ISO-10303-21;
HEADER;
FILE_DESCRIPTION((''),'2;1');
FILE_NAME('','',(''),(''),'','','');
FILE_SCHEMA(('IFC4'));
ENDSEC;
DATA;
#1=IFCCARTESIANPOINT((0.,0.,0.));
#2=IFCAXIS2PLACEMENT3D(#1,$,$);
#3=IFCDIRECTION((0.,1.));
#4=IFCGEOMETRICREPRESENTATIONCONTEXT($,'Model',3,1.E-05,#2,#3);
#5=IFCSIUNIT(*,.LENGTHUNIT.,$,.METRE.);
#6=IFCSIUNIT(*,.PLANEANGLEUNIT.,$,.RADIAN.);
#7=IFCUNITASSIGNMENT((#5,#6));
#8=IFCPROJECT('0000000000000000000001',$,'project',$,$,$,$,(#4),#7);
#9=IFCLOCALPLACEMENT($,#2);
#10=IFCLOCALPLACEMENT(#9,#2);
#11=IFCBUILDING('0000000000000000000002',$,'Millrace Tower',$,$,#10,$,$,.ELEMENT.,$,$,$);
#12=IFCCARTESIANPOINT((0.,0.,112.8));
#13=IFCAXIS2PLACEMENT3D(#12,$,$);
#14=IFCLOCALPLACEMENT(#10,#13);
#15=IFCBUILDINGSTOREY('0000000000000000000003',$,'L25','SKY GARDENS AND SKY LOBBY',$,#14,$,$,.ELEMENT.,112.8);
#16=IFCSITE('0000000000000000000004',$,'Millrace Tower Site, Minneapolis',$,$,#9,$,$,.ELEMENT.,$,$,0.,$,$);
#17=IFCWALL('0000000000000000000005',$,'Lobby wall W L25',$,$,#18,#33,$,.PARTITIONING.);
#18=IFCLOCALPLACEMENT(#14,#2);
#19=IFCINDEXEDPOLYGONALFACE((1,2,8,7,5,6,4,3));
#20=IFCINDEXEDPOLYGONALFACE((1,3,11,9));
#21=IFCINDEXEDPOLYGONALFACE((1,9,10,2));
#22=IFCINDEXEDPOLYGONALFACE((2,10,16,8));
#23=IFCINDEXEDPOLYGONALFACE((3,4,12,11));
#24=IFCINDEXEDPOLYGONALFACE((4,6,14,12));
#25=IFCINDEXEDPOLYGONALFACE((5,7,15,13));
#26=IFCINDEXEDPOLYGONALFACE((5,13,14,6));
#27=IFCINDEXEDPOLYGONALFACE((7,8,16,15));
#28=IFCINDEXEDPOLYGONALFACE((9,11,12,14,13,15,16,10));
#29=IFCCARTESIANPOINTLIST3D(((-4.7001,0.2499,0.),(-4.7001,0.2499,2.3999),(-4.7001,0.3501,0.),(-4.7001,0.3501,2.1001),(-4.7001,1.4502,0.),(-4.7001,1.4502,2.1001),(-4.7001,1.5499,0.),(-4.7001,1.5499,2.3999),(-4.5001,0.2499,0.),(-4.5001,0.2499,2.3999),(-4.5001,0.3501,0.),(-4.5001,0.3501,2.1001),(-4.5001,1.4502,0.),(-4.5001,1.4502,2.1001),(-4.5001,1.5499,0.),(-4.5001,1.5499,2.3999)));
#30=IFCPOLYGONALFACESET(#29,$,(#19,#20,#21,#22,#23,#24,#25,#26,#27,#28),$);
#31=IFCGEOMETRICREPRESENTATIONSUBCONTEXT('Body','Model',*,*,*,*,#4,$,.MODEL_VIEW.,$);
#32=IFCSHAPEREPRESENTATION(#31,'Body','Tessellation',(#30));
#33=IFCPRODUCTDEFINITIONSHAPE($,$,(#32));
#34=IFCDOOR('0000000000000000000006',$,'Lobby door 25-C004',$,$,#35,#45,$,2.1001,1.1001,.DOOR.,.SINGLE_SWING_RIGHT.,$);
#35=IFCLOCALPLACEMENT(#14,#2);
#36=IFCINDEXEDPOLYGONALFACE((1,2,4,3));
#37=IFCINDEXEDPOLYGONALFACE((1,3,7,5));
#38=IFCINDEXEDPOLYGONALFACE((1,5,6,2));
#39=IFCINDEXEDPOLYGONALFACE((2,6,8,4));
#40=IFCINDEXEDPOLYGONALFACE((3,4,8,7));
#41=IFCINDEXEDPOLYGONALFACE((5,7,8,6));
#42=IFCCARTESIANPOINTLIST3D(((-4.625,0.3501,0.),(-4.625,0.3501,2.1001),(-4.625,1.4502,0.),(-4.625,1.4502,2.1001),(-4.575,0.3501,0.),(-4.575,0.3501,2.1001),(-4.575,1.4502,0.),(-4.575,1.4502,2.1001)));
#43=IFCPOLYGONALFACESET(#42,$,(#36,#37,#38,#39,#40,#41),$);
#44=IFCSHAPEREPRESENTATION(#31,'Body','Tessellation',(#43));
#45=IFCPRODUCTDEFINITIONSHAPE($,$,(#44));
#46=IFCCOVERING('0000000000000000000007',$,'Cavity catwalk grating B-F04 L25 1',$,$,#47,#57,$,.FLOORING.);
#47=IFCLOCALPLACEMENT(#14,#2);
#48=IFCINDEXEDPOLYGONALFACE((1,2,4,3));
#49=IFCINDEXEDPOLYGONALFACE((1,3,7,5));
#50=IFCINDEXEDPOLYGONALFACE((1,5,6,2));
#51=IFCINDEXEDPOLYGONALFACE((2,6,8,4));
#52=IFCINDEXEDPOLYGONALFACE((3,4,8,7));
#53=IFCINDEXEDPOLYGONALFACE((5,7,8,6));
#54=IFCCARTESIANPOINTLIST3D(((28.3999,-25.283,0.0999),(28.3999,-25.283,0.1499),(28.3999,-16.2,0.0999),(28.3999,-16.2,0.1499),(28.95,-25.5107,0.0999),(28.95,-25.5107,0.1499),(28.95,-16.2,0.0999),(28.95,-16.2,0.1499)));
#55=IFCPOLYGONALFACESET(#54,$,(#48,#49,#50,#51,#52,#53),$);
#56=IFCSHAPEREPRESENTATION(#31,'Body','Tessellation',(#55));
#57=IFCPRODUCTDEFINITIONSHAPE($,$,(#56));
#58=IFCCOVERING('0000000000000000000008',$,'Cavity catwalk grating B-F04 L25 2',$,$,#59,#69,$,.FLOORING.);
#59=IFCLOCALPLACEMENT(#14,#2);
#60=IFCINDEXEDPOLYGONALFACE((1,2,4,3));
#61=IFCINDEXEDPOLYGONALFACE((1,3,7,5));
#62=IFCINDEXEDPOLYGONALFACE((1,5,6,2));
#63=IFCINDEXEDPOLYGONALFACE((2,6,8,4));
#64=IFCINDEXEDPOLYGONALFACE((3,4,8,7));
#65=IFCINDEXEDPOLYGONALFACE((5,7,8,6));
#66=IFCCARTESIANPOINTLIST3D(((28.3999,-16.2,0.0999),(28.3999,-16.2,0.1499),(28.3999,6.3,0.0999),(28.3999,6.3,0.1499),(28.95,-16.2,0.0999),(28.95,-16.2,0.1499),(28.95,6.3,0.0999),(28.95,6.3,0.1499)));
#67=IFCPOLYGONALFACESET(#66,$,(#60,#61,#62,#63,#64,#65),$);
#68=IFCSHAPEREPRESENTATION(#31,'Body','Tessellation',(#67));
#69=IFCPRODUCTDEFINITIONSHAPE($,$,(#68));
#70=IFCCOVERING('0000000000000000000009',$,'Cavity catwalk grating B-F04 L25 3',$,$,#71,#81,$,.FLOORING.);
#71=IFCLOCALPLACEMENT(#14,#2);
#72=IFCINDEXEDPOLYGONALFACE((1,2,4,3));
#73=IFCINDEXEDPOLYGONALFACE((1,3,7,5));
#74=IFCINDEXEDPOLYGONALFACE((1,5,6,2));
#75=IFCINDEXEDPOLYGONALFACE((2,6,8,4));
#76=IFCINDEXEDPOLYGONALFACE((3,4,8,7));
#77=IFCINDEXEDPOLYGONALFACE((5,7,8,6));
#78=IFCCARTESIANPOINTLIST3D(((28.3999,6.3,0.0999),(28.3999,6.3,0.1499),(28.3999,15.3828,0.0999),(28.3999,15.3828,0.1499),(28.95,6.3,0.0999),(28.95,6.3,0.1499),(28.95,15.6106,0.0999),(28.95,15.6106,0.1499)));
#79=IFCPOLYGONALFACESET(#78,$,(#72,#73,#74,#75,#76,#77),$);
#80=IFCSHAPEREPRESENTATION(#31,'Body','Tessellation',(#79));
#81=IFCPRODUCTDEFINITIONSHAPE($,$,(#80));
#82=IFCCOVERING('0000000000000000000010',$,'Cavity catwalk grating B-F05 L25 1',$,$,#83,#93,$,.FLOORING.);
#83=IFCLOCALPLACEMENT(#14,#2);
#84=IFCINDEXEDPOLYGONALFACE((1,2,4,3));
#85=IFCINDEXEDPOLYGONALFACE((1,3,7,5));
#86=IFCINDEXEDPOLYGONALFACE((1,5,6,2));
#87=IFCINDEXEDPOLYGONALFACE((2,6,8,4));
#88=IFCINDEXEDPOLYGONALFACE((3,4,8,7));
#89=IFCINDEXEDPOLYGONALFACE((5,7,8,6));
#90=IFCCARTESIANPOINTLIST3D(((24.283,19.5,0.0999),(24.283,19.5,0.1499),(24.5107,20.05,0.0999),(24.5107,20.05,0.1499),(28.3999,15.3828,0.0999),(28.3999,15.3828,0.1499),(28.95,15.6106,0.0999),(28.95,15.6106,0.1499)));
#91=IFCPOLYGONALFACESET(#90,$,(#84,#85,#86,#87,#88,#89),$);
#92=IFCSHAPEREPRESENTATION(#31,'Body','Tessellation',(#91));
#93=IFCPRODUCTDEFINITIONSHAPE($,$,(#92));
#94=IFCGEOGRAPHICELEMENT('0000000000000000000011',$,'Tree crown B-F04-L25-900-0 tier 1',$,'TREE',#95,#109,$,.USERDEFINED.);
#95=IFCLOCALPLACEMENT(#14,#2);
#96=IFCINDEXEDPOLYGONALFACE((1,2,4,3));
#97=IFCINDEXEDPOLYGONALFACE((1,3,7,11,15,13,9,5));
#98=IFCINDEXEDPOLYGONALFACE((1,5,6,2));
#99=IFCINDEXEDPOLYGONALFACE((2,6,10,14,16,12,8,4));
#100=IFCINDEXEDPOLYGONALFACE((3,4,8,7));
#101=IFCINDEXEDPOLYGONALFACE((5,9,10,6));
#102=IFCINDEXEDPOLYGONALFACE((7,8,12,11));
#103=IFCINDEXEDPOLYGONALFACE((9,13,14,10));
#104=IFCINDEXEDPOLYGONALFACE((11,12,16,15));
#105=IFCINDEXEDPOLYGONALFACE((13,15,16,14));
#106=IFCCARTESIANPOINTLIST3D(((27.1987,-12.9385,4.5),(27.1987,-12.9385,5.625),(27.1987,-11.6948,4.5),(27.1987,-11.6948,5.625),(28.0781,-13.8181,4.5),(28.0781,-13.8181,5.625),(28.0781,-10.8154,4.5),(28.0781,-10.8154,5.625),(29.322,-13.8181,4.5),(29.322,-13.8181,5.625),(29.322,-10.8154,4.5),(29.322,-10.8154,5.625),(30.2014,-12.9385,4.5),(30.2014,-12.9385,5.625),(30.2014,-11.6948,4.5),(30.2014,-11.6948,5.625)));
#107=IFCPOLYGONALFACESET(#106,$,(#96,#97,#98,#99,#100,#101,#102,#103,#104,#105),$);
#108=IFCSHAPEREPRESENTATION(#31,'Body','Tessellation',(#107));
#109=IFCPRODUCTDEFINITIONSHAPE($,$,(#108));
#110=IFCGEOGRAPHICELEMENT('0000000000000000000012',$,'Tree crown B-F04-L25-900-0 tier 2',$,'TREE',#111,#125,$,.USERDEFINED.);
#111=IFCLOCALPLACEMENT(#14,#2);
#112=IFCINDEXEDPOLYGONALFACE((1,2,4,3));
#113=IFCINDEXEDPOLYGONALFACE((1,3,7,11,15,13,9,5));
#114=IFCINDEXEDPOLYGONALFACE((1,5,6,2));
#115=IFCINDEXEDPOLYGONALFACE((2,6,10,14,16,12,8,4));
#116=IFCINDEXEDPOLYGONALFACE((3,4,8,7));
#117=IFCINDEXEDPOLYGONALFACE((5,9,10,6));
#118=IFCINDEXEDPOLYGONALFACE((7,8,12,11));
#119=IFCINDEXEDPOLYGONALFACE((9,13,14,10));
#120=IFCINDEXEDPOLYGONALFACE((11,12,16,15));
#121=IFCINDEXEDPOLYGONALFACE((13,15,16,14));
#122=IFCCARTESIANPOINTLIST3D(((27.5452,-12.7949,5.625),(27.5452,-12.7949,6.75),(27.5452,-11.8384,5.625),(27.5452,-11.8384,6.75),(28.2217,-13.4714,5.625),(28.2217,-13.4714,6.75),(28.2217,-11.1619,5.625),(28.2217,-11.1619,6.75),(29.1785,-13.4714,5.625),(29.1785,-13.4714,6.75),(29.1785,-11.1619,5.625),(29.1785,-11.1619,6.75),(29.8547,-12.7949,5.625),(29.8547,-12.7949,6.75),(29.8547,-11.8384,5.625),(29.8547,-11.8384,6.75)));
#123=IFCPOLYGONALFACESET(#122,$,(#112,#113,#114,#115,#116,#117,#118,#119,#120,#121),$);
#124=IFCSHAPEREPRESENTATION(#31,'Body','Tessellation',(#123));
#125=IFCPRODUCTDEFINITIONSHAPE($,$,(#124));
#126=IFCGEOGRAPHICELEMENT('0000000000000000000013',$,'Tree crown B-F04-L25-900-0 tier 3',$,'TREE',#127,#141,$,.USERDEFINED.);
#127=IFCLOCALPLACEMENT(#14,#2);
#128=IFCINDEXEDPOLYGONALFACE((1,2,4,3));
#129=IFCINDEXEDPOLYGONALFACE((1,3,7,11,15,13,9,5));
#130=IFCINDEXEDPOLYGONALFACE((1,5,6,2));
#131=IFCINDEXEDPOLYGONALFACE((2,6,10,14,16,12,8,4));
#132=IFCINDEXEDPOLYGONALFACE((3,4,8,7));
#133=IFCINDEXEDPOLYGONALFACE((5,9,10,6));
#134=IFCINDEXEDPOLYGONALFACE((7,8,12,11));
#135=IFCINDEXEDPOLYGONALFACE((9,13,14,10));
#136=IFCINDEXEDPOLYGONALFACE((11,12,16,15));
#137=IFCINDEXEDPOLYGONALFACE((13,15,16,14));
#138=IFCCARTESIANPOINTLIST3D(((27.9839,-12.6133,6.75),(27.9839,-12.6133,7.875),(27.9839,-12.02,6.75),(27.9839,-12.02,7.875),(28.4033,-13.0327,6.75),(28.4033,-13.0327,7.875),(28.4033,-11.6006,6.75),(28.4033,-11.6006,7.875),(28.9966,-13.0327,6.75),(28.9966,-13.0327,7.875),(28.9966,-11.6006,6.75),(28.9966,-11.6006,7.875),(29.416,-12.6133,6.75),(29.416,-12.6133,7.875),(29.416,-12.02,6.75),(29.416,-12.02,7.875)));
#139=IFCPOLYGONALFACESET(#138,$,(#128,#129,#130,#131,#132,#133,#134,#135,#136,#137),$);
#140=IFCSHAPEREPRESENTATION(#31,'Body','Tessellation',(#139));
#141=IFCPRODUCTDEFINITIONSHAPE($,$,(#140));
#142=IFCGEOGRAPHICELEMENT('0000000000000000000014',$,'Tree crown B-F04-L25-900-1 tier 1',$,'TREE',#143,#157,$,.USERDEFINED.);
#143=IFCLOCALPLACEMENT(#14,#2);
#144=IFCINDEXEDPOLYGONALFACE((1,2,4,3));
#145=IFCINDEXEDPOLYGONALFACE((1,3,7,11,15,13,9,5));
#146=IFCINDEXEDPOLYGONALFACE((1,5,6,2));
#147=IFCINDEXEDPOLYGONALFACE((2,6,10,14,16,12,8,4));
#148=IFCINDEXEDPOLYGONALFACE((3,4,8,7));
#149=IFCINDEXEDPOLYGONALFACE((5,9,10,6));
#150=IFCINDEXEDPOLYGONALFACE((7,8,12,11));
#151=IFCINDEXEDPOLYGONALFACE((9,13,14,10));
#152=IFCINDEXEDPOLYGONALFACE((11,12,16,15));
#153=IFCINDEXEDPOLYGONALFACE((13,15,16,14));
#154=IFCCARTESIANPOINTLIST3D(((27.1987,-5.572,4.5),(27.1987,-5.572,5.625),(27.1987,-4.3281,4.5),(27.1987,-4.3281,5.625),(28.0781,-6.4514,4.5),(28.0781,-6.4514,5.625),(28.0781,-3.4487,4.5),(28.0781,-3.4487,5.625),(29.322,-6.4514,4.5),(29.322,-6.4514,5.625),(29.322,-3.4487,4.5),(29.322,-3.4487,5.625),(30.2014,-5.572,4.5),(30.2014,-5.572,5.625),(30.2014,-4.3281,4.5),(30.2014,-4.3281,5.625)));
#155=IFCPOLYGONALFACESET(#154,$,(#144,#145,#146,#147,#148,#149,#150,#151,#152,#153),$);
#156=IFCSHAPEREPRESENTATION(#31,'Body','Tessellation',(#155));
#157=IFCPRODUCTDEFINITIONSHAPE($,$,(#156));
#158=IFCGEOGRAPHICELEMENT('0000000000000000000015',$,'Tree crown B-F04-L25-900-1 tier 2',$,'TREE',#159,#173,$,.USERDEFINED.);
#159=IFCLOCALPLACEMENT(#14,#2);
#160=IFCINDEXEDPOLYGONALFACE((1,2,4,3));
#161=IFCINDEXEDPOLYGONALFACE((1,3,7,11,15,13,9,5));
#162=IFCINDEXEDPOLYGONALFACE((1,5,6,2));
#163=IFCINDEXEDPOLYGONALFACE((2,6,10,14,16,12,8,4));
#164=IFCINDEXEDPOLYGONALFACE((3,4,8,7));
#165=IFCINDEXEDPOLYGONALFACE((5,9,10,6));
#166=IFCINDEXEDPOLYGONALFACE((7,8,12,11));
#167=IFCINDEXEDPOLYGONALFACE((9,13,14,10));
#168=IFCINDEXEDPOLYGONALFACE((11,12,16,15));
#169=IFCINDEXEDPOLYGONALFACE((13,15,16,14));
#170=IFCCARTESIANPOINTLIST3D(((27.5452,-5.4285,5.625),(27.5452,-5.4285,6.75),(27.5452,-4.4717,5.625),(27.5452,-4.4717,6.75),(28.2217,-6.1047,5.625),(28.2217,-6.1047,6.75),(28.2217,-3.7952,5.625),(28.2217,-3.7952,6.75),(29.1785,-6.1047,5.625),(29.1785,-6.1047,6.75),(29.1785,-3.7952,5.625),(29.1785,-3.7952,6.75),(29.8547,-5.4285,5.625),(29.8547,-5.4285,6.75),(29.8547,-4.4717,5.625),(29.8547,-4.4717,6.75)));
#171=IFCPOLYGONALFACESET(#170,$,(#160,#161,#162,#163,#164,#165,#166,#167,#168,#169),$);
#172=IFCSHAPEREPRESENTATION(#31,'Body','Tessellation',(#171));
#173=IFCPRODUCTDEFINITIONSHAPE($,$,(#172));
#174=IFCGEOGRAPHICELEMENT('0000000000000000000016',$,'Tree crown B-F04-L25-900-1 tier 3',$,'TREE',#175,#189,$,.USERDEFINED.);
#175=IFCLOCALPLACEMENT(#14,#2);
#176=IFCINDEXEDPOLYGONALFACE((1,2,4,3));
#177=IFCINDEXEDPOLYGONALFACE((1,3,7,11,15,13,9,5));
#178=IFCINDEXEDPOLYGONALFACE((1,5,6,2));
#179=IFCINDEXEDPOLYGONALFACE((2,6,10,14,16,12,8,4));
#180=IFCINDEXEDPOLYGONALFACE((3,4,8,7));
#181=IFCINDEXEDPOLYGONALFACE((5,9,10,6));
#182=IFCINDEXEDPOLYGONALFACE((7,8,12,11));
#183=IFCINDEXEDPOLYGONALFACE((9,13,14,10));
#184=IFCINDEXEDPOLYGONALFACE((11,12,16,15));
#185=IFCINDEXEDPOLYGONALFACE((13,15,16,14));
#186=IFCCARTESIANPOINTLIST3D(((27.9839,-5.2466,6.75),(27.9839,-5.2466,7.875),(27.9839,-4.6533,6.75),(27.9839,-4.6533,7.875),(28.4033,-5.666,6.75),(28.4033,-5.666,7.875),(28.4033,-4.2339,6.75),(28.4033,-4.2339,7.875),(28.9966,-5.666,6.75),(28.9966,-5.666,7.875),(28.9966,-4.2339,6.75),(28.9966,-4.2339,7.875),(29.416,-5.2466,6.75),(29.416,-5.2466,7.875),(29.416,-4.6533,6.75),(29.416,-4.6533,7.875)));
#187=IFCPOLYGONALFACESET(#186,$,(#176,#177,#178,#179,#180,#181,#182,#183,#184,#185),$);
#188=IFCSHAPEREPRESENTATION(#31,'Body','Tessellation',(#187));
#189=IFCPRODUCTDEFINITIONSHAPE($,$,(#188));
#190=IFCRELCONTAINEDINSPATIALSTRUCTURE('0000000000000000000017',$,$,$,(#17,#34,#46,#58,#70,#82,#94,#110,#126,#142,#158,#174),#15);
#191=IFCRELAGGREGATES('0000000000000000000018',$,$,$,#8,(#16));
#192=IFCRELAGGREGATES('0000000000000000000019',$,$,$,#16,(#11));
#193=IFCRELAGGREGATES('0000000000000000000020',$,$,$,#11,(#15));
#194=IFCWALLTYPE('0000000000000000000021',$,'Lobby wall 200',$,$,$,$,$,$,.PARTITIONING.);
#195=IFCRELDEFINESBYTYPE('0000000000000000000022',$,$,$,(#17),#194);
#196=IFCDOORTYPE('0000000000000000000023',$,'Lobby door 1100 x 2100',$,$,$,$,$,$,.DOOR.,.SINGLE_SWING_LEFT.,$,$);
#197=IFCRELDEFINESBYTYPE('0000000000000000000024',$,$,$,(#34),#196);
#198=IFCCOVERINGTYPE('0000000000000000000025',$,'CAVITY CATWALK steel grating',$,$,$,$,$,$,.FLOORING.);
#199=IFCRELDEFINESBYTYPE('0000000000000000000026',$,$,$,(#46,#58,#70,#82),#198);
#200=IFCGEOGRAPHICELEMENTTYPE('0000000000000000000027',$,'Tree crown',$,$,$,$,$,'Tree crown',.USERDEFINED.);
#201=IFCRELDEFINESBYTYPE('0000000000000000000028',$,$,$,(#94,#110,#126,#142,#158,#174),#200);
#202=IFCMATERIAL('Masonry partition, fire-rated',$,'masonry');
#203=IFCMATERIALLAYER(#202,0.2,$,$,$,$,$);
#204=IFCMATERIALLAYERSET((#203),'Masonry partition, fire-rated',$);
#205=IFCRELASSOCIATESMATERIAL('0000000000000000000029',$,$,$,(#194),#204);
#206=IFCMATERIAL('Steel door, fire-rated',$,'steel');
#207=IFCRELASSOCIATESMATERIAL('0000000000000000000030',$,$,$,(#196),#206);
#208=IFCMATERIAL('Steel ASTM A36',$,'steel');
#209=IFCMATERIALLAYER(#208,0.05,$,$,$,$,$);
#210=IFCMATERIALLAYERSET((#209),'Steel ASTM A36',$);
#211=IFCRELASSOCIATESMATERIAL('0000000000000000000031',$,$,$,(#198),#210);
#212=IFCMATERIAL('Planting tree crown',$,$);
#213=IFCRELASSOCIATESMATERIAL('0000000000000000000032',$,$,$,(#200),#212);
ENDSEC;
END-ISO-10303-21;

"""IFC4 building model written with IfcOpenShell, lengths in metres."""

from ifc_helpers import new_model, si_unit, direction, frame, frame_2d, origin, place, context, subcontext, project, spatial, polyline, rectangle, outline, extrude, material, layer, layer_set, type_object, element, fill, save


model = new_model("IFC4")

# Units and contexts
model_context = context("Model", 3, precision=1e-05, world=origin(), true_north=direction((0.0, 1.0)))
body_context = subcontext(model_context, "Body", "Model", "MODEL_VIEW")
ifc_project = project(units=[si_unit("LENGTHUNIT", "METRE"), si_unit("PLANEANGLEUNIT", "RADIAN")], contexts=[model_context])

# Site, building, storey
site_placement = place(None, origin())
site = spatial("IfcSite", under=ifc_project, at=site_placement, Name="Millrace Tower Site, Minneapolis", CompositionType="ELEMENT", RefElevation=0.0)
building_placement = place(site_placement, origin())
building = spatial("IfcBuilding", under=site, at=building_placement, Name="Millrace Tower", CompositionType="ELEMENT")
storey_placement = place(building_placement, frame((0.0, 0.0, 112.8)))
storey = spatial("IfcBuildingStorey", under=building, at=storey_placement, Name="L25", Description="SKY GARDENS AND SKY LOBBY", CompositionType="ELEMENT", Elevation=112.8)

# Wall, opening, door
ifc_material_1 = material(Name="Masonry partition, fire-rated", Category="masonry")
ifc_layer_1 = layer(ifc_material_1, 0.2)
ifc_layer_set_1 = layer_set([ifc_layer_1], Name="Masonry partition, fire-rated")
wall_type = type_object("IfcWallType", Name="Lobby wall 200", PredefinedType="PARTITIONING", material=ifc_layer_set_1)
wall_placement = place(storey_placement, frame((-4.6001, 0.25, 0.0), z_axis=(0.0, 0.0, 1.0), x_axis=(0.0, 1.0, 0.0)))
wall = element("IfcWall", 1, at=wall_placement, inside=storey, type_object=wall_type, Name="Lobby wall W L25", PredefinedType="PARTITIONING", context=body_context, shape_type="SweptSolid", body=[
    extrude(rectangle(XDim=1.3, YDim=0.2, at=frame_2d((0.6499, 0.0))), origin(), (0.0, 0.0, 1.0), 2.3999),
])
opening_placement = place(wall_placement, frame((0.1001, 0.0, 0.0)))
opening = element("IfcOpeningElement", 2, at=opening_placement, cuts=wall, PredefinedType="OPENING", context=body_context, shape_type="SweptSolid", body=[
    extrude(rectangle(XDim=1.1001, YDim=2.1001, at=frame_2d((0.55, 1.05))), frame((0.0, 0.1099, 0.0), z_axis=(0.0, -1.0, 0.0), x_axis=(1.0, 0.0, 0.0)), (0.0, 0.0, 1.0), 0.22),
])
ifc_material_2 = material(Name="Steel door, fire-rated", Category="steel")
door_type = type_object("IfcDoorType", Name="Lobby door 1100 x 2100", OperationType="SINGLE_SWING_LEFT", PredefinedType="DOOR", material=ifc_material_2)
door_placement = place(opening_placement, origin())
door = element("IfcDoor", 3, at=door_placement, inside=storey, type_object=door_type, Name="Lobby door 25-C004", OperationType="SINGLE_SWING_RIGHT", OverallHeight=2.1001, OverallWidth=1.1001, PredefinedType="DOOR", context=body_context, shape_type="SweptSolid", body=[
    extrude(rectangle(XDim=1.1001, YDim=2.1001, at=frame_2d((0.55, 1.05))), frame((0.0, 0.0249, 0.0), z_axis=(0.0, -1.0, 0.0), x_axis=(1.0, 0.0, 0.0)), (0.0, 0.0, 1.0), 0.05),
])
fill(opening, door)

# Coverings
ifc_material_3 = material(Name="Steel ASTM A36", Category="steel")
ifc_layer_2 = layer(ifc_material_3, 0.05)
ifc_layer_set_2 = layer_set([ifc_layer_2], Name="Steel ASTM A36")
covering_type = type_object("IfcCoveringType", Name="CAVITY CATWALK steel grating", PredefinedType="FLOORING", material=ifc_layer_set_2)
placement_1 = place(storey_placement, frame((0.0, 0.0, 0.0999)))
element("IfcCovering", 4, at=placement_1, inside=storey, type_object=covering_type, Name="Cavity catwalk grating B-F04 L25 1", PredefinedType="FLOORING", context=body_context, shape_type="SweptSolid", body=[
    extrude(outline(polyline([(28.95, -25.5107), (28.95, -16.2), (28.3999, -16.2), (28.3999, -25.283), (28.95, -25.5107)])), origin(), (0.0, 0.0, 1.0), 0.05),
])
element("IfcCovering", 5, at=placement_1, inside=storey, type_object=covering_type, Name="Cavity catwalk grating B-F04 L25 2", PredefinedType="FLOORING", context=body_context, shape_type="SweptSolid", body=[
    extrude(outline(polyline([(28.95, -16.2), (28.95, 6.3), (28.3999, 6.3), (28.3999, -16.2), (28.95, -16.2)])), origin(), (0.0, 0.0, 1.0), 0.05),
])
element("IfcCovering", 6, at=placement_1, inside=storey, type_object=covering_type, Name="Cavity catwalk grating B-F04 L25 3", PredefinedType="FLOORING", context=body_context, shape_type="SweptSolid", body=[
    extrude(outline(polyline([(28.95, 6.3), (28.95, 15.6106), (28.3999, 15.3828), (28.3999, 6.3), (28.95, 6.3)])), origin(), (0.0, 0.0, 1.0), 0.05),
])
element("IfcCovering", 7, at=placement_1, inside=storey, type_object=covering_type, Name="Cavity catwalk grating B-F05 L25 1", PredefinedType="FLOORING", context=body_context, shape_type="SweptSolid", body=[
    extrude(outline(polyline([(28.95, 15.6106), (24.5107, 20.05), (24.283, 19.5), (28.3999, 15.3828), (28.95, 15.6106)])), origin(), (0.0, 0.0, 1.0), 0.05),
])

# Geographic elements
ifc_material_4 = material(Name="Planting tree crown")
geographic_element_type = type_object("IfcGeographicElementType", Name="Tree crown", ElementType="Tree crown", PredefinedType="USERDEFINED", material=ifc_material_4)
placement_2 = place(storey_placement, frame((0.0, 0.0, 4.5)))
element("IfcGeographicElement", 8, at=placement_2, inside=storey, type_object=geographic_element_type, Name="Tree crown B-F04-L25-900-0 tier 1", ObjectType="TREE", PredefinedType="USERDEFINED", context=body_context, shape_type="SweptSolid", body=[
    extrude(outline(polyline([(30.2014, -11.6948), (29.322, -10.8154), (28.0781, -10.8154), (27.1987, -11.6948), (27.1987, -12.9385), (28.0781, -13.8181), (29.322, -13.8181), (30.2014, -12.9385), (30.2014, -11.6948)])), origin(), (0.0, 0.0, 1.0), 1.125),
])
placement_3 = place(storey_placement, frame((0.0, 0.0, 5.625)))
element("IfcGeographicElement", 9, at=placement_3, inside=storey, type_object=geographic_element_type, Name="Tree crown B-F04-L25-900-0 tier 2", ObjectType="TREE", PredefinedType="USERDEFINED", context=body_context, shape_type="SweptSolid", body=[
    extrude(outline(polyline([(29.8547, -11.8384), (29.1785, -11.1619), (28.2217, -11.1619), (27.5452, -11.8384), (27.5452, -12.7949), (28.2217, -13.4714), (29.1785, -13.4714), (29.8547, -12.7949), (29.8547, -11.8384)])), origin(), (0.0, 0.0, 1.0), 1.125),
])
placement_4 = place(storey_placement, frame((0.0, 0.0, 6.75)))
element("IfcGeographicElement", 10, at=placement_4, inside=storey, type_object=geographic_element_type, Name="Tree crown B-F04-L25-900-0 tier 3", ObjectType="TREE", PredefinedType="USERDEFINED", context=body_context, shape_type="SweptSolid", body=[
    extrude(outline(polyline([(29.416, -12.02), (28.9966, -11.6006), (28.4033, -11.6006), (27.9839, -12.02), (27.9839, -12.6133), (28.4033, -13.0327), (28.9966, -13.0327), (29.416, -12.6133), (29.416, -12.02)])), origin(), (0.0, 0.0, 1.0), 1.125),
])
element("IfcGeographicElement", 11, at=placement_2, inside=storey, type_object=geographic_element_type, Name="Tree crown B-F04-L25-900-1 tier 1", ObjectType="TREE", PredefinedType="USERDEFINED", context=body_context, shape_type="SweptSolid", body=[
    extrude(outline(polyline([(30.2014, -4.3281), (29.322, -3.4487), (28.0781, -3.4487), (27.1987, -4.3281), (27.1987, -5.572), (28.0781, -6.4514), (29.322, -6.4514), (30.2014, -5.572), (30.2014, -4.3281)])), origin(), (0.0, 0.0, 1.0), 1.125),
])
element("IfcGeographicElement", 12, at=placement_3, inside=storey, type_object=geographic_element_type, Name="Tree crown B-F04-L25-900-1 tier 2", ObjectType="TREE", PredefinedType="USERDEFINED", context=body_context, shape_type="SweptSolid", body=[
    extrude(outline(polyline([(29.8547, -4.4717), (29.1785, -3.7952), (28.2217, -3.7952), (27.5452, -4.4717), (27.5452, -5.4285), (28.2217, -6.1047), (29.1785, -6.1047), (29.8547, -5.4285), (29.8547, -4.4717)])), origin(), (0.0, 0.0, 1.0), 1.125),
])
element("IfcGeographicElement", 13, at=placement_4, inside=storey, type_object=geographic_element_type, Name="Tree crown B-F04-L25-900-1 tier 3", ObjectType="TREE", PredefinedType="USERDEFINED", context=body_context, shape_type="SweptSolid", body=[
    extrude(outline(polyline([(29.416, -4.6533), (28.9966, -4.2339), (28.4033, -4.2339), (27.9839, -4.6533), (27.9839, -5.2466), (28.4033, -5.666), (28.9966, -5.666), (29.416, -5.2466), (29.416, -4.6533)])), origin(), (0.0, 0.0, 1.0), 1.125),
])

save(model, "model.ifc")
